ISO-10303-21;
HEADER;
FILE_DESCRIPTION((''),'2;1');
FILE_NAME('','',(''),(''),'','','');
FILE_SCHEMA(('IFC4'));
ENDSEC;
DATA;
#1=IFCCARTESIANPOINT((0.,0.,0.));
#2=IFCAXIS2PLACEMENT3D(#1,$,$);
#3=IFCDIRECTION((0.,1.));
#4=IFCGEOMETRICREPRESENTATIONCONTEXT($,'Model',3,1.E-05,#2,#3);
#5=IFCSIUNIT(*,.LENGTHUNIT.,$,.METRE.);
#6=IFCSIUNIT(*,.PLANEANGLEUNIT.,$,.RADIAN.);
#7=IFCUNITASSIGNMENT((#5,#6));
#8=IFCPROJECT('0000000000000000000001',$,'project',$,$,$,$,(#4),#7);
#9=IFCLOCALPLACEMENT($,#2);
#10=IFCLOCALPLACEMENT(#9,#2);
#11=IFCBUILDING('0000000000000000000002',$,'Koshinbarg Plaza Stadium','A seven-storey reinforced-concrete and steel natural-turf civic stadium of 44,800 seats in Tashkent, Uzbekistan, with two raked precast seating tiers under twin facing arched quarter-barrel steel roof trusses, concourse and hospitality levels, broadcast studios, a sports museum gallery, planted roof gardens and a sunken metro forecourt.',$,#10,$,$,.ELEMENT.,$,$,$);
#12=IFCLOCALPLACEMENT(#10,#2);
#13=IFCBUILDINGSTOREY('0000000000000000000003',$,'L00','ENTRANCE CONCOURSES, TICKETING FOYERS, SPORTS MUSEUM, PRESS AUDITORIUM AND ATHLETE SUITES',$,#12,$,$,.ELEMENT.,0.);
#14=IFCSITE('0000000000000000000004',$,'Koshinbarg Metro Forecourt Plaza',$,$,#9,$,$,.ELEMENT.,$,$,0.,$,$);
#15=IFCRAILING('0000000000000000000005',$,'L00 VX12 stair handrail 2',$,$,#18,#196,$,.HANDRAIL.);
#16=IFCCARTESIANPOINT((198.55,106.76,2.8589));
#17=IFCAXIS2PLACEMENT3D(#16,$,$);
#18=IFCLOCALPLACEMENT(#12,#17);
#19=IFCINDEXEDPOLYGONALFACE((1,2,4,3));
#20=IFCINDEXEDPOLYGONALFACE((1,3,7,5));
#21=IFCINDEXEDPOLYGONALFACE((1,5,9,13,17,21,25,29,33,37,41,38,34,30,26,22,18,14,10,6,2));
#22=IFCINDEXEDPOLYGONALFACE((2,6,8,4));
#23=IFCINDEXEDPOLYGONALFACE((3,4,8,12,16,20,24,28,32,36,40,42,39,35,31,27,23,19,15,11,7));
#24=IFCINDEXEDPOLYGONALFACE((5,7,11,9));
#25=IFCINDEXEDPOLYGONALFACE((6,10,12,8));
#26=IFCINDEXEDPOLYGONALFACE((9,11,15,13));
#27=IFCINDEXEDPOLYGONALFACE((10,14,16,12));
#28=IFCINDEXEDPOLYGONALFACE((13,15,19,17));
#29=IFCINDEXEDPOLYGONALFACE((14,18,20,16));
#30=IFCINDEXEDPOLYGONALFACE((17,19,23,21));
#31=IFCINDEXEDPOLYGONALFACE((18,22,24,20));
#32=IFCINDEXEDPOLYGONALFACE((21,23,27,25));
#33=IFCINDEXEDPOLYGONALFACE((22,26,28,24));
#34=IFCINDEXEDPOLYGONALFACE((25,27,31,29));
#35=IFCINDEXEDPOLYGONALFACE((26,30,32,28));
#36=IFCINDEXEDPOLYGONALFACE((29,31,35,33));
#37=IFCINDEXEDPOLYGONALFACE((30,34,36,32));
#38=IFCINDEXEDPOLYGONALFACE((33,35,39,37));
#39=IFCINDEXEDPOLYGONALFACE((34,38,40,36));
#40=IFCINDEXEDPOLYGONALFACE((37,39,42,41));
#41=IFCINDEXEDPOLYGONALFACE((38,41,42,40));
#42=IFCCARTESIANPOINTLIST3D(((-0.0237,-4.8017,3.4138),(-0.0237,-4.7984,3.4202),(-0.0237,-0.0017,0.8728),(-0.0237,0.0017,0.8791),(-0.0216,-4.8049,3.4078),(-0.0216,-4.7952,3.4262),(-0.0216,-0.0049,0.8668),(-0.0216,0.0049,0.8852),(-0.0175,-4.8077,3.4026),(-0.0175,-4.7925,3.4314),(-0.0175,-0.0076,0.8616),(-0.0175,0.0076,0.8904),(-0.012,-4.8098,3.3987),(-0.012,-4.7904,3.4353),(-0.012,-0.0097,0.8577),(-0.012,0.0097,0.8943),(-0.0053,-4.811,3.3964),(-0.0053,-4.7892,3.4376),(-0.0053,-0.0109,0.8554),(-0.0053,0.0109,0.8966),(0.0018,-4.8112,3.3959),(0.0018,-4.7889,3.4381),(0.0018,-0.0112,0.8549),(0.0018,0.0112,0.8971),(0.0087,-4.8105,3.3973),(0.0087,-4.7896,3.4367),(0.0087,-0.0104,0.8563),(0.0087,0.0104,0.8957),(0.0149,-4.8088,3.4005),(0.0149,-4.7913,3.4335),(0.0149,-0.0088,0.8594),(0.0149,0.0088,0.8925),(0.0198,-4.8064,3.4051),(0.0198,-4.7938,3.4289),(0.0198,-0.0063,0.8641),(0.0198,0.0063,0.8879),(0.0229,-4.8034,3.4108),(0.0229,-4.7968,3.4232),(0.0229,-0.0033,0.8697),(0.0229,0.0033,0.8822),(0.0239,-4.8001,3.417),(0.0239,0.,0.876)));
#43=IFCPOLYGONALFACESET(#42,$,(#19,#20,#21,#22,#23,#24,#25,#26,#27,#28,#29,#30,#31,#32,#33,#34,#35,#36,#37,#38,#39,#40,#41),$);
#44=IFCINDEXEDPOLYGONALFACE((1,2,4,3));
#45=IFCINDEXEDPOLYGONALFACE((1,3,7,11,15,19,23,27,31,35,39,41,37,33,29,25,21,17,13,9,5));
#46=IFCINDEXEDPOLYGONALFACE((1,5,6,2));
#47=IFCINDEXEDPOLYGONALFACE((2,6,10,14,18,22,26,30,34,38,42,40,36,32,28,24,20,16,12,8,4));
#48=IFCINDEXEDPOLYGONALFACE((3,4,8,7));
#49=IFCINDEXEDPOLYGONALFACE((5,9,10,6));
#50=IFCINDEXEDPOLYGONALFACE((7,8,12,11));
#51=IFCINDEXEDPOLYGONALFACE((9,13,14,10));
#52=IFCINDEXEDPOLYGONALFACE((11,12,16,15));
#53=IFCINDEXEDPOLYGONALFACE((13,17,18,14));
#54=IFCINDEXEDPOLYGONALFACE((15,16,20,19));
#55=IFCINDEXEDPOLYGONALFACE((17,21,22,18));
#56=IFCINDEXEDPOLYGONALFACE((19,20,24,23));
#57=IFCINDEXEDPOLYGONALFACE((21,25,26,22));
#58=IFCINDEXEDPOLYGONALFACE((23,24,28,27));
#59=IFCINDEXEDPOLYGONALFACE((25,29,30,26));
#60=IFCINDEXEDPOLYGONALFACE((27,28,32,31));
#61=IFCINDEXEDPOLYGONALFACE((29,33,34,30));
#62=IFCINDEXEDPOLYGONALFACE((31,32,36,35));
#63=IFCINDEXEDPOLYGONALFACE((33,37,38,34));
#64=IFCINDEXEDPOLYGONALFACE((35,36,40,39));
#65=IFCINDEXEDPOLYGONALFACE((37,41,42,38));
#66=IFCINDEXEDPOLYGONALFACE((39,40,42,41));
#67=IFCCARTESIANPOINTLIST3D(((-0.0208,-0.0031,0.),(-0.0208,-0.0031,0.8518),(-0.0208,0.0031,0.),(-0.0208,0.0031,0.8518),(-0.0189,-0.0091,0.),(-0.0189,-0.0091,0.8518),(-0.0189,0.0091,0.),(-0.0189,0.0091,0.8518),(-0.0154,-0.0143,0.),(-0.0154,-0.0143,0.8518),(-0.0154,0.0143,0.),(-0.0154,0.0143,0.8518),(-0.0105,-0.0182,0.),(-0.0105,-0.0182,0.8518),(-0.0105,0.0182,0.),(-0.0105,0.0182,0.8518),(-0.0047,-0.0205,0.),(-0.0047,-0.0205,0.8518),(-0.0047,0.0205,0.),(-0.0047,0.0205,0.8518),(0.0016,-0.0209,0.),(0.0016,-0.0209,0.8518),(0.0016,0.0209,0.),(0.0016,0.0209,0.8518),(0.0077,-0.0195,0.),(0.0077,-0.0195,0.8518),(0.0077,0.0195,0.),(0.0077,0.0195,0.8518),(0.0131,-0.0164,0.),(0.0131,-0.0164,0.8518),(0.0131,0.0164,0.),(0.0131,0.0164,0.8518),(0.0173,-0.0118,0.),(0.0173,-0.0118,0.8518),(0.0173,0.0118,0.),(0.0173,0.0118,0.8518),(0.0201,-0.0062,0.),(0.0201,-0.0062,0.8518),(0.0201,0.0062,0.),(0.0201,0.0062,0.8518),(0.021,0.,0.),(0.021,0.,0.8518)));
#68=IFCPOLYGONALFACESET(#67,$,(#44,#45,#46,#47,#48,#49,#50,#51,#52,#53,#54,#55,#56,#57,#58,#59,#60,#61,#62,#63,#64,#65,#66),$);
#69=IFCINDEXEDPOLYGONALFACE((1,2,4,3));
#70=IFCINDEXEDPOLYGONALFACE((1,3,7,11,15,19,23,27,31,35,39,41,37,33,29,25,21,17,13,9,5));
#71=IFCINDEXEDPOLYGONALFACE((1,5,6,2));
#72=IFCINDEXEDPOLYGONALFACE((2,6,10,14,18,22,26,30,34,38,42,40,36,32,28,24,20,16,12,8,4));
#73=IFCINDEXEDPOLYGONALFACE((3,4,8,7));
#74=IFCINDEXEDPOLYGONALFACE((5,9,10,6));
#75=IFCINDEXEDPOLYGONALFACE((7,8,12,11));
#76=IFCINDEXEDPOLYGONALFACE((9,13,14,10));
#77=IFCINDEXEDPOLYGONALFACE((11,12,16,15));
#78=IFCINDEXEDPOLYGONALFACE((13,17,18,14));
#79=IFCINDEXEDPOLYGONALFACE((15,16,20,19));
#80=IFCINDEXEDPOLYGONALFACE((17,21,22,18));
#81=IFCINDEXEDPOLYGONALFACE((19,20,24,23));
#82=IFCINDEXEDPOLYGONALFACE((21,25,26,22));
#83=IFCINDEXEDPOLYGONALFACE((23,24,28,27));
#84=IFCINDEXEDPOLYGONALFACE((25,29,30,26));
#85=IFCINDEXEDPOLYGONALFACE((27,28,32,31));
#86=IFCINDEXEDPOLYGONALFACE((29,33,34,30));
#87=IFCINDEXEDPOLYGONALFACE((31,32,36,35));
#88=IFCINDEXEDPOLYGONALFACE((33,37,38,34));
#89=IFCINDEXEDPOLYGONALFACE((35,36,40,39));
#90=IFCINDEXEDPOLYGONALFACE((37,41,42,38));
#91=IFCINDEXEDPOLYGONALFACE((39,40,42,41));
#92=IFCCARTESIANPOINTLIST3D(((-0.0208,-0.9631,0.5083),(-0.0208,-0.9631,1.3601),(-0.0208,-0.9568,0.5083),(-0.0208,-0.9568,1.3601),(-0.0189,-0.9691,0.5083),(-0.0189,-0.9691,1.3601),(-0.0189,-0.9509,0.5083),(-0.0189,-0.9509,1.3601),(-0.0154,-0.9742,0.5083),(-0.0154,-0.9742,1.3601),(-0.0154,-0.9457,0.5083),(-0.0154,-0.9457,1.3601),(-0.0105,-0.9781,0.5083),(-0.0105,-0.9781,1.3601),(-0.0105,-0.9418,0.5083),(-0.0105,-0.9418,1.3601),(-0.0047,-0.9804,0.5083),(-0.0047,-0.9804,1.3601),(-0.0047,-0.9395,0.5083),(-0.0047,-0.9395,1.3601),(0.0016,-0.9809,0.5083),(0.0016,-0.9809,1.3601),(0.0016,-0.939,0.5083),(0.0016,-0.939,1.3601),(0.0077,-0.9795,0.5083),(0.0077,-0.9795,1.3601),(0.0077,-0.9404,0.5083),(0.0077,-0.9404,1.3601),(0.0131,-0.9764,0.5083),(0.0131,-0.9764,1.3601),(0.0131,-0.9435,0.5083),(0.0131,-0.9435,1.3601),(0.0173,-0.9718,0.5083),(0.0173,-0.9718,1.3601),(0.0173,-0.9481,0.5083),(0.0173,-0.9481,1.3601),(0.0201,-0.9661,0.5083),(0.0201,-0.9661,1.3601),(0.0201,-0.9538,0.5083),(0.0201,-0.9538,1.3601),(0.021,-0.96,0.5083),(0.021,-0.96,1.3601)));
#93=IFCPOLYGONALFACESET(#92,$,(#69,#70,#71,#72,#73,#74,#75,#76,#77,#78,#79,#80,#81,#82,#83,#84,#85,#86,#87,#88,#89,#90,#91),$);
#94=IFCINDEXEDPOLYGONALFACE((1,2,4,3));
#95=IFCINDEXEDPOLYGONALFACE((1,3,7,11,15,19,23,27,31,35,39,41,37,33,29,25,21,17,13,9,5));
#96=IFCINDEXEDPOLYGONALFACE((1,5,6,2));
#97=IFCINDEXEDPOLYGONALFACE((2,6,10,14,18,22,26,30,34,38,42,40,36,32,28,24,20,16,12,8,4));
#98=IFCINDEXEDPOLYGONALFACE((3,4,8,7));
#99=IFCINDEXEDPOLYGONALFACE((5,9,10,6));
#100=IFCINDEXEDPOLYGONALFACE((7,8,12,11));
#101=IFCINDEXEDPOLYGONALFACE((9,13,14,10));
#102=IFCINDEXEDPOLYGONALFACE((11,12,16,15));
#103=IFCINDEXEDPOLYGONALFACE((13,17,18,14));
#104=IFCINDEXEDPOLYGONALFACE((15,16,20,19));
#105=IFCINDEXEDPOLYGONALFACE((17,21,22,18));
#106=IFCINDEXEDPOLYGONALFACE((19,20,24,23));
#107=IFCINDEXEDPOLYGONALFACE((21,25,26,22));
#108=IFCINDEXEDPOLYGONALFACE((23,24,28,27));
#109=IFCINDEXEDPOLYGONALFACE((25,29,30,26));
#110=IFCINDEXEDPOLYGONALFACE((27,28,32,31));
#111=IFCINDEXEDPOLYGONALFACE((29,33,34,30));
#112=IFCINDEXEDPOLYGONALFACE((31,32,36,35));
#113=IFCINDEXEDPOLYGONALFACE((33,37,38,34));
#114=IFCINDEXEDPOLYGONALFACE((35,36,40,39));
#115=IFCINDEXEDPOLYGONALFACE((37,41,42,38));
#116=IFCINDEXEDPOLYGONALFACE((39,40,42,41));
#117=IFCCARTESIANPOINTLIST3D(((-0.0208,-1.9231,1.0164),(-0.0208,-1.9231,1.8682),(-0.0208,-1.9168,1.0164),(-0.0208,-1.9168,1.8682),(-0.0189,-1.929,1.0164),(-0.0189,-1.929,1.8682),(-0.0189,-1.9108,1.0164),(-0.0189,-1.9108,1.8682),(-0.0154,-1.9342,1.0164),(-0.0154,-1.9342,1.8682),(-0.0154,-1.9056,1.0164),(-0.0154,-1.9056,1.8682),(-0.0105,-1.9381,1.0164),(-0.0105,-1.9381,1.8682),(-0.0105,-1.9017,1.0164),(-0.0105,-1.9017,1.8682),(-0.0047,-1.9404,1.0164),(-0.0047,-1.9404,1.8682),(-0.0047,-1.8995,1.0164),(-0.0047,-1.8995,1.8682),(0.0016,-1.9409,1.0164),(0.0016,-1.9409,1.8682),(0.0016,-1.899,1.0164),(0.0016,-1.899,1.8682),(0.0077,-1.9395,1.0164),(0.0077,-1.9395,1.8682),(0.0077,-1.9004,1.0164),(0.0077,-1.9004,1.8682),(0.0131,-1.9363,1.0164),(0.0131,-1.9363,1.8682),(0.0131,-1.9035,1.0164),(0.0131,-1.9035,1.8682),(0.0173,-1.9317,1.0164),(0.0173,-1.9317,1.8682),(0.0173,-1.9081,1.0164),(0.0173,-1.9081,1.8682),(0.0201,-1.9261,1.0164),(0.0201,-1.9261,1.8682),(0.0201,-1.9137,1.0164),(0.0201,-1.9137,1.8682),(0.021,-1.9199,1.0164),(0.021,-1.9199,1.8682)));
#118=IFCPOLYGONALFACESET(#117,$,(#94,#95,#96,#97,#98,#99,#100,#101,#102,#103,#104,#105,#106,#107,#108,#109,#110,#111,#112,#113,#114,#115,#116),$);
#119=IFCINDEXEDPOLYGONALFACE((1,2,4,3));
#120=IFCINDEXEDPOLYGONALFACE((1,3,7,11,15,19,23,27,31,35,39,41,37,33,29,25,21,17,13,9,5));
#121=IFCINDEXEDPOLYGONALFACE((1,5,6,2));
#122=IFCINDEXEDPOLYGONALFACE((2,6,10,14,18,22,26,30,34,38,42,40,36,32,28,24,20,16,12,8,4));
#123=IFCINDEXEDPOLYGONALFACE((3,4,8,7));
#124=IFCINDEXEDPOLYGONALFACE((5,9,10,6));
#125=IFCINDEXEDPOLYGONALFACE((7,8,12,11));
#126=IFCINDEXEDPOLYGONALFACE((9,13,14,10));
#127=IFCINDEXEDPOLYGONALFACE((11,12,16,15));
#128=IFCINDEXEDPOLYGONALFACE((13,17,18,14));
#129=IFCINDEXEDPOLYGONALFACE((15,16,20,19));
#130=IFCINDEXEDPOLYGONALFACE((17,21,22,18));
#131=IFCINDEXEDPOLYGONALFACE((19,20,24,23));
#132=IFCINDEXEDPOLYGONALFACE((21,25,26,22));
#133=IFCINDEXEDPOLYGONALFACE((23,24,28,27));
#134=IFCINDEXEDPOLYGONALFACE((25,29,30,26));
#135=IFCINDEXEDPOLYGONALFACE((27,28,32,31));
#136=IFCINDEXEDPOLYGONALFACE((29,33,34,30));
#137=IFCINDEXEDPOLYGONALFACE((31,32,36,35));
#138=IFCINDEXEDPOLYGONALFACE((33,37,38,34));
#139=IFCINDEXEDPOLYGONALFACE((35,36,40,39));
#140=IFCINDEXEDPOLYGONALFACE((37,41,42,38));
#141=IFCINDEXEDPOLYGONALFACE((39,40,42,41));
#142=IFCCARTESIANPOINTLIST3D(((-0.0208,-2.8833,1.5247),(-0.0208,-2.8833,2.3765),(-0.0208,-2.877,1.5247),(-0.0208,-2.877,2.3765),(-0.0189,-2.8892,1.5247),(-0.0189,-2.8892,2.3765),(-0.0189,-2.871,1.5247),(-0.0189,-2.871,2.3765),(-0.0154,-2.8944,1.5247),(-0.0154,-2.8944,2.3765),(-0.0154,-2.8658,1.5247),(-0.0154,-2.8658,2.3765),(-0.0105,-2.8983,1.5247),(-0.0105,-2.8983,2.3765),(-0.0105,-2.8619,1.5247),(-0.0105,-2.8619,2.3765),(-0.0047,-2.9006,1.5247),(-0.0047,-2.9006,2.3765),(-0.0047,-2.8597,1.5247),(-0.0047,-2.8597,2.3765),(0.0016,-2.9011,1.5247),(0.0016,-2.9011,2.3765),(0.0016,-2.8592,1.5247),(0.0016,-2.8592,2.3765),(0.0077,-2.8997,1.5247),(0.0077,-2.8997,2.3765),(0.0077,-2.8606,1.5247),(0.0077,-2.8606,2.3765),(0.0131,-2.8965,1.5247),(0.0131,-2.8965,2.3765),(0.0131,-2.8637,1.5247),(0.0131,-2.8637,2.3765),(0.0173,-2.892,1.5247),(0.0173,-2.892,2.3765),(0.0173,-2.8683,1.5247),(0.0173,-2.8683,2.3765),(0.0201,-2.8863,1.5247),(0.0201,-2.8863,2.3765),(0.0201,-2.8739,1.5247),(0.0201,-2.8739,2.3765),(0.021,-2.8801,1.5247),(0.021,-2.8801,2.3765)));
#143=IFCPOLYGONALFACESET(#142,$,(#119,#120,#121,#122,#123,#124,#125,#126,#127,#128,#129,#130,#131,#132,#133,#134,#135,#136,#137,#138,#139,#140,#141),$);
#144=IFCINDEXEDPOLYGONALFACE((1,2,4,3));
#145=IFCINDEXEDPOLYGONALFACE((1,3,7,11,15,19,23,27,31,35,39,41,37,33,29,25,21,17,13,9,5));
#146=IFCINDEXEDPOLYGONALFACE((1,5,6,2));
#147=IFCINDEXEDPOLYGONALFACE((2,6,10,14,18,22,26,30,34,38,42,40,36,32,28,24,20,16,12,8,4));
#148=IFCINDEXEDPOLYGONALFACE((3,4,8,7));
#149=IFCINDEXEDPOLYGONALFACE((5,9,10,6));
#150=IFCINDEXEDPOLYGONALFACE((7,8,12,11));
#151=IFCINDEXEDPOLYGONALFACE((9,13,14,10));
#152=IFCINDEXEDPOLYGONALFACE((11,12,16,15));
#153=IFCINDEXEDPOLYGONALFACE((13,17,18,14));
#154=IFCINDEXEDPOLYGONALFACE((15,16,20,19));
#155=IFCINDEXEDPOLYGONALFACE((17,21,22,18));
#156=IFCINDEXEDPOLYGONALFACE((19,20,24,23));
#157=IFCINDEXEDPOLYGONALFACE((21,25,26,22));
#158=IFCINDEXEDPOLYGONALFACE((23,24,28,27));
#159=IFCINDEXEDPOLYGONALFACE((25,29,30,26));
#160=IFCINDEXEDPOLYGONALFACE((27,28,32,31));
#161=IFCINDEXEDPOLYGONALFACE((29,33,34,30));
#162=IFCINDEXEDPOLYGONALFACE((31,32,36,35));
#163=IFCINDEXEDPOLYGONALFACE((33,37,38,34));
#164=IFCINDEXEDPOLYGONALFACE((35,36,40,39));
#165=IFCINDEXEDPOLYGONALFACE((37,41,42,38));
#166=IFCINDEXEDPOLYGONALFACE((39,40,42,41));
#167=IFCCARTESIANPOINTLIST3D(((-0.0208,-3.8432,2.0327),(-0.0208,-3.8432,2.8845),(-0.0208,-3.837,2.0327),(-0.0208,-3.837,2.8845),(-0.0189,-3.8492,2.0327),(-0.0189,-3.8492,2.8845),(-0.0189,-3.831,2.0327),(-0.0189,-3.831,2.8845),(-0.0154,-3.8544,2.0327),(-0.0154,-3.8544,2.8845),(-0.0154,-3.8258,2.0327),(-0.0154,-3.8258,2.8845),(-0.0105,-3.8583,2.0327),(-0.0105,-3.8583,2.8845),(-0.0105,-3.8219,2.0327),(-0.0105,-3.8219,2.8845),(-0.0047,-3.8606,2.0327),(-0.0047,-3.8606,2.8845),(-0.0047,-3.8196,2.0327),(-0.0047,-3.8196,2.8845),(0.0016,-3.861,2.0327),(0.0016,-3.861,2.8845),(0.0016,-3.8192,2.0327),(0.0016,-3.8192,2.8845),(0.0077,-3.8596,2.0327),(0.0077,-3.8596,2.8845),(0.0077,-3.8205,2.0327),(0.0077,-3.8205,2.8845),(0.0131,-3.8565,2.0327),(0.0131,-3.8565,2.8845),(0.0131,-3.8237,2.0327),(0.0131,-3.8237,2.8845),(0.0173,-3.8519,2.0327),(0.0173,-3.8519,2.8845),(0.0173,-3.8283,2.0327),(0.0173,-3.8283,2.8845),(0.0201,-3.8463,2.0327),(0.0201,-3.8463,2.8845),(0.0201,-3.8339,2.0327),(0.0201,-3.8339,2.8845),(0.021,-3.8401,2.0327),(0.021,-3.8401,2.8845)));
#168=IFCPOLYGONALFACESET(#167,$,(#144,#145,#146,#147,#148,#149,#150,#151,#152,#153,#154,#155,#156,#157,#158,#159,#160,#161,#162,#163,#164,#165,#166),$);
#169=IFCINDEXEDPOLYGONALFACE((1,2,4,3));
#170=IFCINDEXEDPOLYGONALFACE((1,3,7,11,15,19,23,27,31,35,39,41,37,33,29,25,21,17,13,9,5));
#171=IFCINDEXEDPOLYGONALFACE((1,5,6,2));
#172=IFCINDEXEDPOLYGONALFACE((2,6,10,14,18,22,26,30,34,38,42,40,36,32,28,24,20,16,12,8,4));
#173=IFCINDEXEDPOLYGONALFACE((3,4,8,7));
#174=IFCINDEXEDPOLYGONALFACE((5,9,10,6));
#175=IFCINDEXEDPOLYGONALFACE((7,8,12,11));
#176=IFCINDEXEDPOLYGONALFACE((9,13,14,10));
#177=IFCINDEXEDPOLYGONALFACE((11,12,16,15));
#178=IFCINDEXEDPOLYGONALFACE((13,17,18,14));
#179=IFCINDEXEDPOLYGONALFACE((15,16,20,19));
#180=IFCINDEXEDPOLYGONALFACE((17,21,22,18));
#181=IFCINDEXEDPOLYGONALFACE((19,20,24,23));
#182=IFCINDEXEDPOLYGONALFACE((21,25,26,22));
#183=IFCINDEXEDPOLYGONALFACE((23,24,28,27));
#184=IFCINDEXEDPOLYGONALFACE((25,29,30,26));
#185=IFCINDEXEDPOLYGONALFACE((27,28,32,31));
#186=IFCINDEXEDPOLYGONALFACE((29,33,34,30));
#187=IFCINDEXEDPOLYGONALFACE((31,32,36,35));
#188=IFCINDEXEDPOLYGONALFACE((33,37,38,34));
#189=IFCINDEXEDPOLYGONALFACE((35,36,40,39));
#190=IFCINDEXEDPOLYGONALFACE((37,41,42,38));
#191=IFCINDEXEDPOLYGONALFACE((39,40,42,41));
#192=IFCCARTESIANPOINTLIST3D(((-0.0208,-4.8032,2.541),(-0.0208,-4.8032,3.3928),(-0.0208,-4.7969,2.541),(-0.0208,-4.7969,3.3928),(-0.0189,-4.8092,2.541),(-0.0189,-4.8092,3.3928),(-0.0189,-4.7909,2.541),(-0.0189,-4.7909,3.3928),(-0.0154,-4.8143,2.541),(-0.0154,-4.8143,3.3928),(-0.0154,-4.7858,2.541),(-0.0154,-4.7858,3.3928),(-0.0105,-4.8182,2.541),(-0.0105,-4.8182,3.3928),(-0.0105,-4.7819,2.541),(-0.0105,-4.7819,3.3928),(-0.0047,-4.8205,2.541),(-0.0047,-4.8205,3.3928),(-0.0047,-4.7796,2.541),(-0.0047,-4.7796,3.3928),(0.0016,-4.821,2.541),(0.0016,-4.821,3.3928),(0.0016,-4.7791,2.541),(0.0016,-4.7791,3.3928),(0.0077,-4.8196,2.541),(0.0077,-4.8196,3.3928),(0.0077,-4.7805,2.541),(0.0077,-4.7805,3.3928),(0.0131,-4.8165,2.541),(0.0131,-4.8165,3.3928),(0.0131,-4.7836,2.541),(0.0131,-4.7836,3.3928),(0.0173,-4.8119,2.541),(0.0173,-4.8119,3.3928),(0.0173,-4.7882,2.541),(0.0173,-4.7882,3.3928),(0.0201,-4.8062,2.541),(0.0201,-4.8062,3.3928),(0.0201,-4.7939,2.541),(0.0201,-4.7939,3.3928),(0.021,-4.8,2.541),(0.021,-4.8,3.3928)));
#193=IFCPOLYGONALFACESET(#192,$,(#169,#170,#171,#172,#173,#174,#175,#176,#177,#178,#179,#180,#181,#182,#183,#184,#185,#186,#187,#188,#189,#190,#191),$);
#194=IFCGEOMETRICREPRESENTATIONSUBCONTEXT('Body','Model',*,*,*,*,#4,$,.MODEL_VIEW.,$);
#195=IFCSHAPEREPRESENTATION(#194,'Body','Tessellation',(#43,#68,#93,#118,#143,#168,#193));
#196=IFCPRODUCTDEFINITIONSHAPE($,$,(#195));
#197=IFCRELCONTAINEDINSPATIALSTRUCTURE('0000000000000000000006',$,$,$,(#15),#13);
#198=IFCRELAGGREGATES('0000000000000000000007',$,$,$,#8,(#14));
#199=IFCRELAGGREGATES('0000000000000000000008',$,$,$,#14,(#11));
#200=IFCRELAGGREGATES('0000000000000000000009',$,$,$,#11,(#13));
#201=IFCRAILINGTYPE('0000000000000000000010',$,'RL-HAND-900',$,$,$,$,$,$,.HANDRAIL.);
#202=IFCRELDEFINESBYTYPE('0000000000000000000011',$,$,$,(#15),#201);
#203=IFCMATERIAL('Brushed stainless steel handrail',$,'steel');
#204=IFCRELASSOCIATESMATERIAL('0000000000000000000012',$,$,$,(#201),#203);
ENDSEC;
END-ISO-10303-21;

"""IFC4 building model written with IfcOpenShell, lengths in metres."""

from ifc_helpers import new_model, si_unit, direction, frame, origin, origin_2d, place, context, subcontext, project, spatial, circle, extrude, material, type_object, element, save


model = new_model("IFC4")

# Units and contexts
model_context = context("Model", 3, precision=1e-05, world=origin(), true_north=direction((0.0, 1.0)))
body_context = subcontext(model_context, "Body", "Model", "MODEL_VIEW")
ifc_project = project(units=[si_unit("LENGTHUNIT", "METRE"), si_unit("PLANEANGLEUNIT", "RADIAN")], contexts=[model_context])

# Site, building, storey
site_placement = place(None, origin())
site = spatial("IfcSite", under=ifc_project, at=site_placement, Name="Koshinbarg Metro Forecourt Plaza", CompositionType="ELEMENT", RefElevation=0.0)
building_placement = place(site_placement, origin())
building = spatial("IfcBuilding", under=site, at=building_placement, Name="Koshinbarg Plaza Stadium", Description="A seven-storey reinforced-concrete and steel natural-turf civic stadium of 44,800 seats in Tashkent, Uzbekistan, with two raked precast seating tiers under twin facing arched quarter-barrel steel roof trusses, concourse and hospitality levels, broadcast studios, a sports museum gallery, planted roof gardens and a sunken metro forecourt.", CompositionType="ELEMENT")
storey_placement = place(building_placement, origin())
storey = spatial("IfcBuildingStorey", under=building, at=storey_placement, Name="L00", Description="ENTRANCE CONCOURSES, TICKETING FOYERS, SPORTS MUSEUM, PRESS AUDITORIUM AND ATHLETE SUITES", CompositionType="ELEMENT", Elevation=0.0)

# Railing
ifc_material_1 = material(Name="Brushed stainless steel handrail", Category="steel")
railing_type_1 = type_object("IfcRailingType", Name="RL-HAND-900", PredefinedType="HANDRAIL", material=ifc_material_1)
railing_1_placement = place(storey_placement, frame((198.55, 106.76, 2.8589)))
element("IfcRailing", 1, at=railing_1_placement, inside=storey, type_object=railing_type_1, Name="L00 VX12 stair handrail 2", PredefinedType="HANDRAIL", context=body_context, shape_type="SweptSolid", body=[
    extrude(circle(Radius=0.0239, at=origin_2d()), frame((0.0, 0.0, 0.876), z_axis=(0.0, -0.883802, 0.467861), x_axis=(1.0, 0.0, 0.0)), (0.0, 0.0, 1.0), 5.4312),
    extrude(circle(Radius=0.021, at=origin_2d()), origin(), (0.0, 0.0, 1.0), 0.8518),
    extrude(circle(Radius=0.021, at=origin_2d()), frame((0.0, -0.96, 0.5083)), (0.0, 0.0, 1.0), 0.8518),
    extrude(circle(Radius=0.021, at=origin_2d()), frame((0.0, -1.9199, 1.0164)), (0.0, 0.0, 1.0), 0.8518),
    extrude(circle(Radius=0.021, at=origin_2d()), frame((0.0, -2.8801, 1.5247)), (0.0, 0.0, 1.0), 0.8518),
    extrude(circle(Radius=0.021, at=origin_2d()), frame((0.0, -3.8401, 2.0327)), (0.0, 0.0, 1.0), 0.8518),
    extrude(circle(Radius=0.021, at=origin_2d()), frame((0.0, -4.8, 2.541)), (0.0, 0.0, 1.0), 0.8518),
])

save(model, "model.ifc")
